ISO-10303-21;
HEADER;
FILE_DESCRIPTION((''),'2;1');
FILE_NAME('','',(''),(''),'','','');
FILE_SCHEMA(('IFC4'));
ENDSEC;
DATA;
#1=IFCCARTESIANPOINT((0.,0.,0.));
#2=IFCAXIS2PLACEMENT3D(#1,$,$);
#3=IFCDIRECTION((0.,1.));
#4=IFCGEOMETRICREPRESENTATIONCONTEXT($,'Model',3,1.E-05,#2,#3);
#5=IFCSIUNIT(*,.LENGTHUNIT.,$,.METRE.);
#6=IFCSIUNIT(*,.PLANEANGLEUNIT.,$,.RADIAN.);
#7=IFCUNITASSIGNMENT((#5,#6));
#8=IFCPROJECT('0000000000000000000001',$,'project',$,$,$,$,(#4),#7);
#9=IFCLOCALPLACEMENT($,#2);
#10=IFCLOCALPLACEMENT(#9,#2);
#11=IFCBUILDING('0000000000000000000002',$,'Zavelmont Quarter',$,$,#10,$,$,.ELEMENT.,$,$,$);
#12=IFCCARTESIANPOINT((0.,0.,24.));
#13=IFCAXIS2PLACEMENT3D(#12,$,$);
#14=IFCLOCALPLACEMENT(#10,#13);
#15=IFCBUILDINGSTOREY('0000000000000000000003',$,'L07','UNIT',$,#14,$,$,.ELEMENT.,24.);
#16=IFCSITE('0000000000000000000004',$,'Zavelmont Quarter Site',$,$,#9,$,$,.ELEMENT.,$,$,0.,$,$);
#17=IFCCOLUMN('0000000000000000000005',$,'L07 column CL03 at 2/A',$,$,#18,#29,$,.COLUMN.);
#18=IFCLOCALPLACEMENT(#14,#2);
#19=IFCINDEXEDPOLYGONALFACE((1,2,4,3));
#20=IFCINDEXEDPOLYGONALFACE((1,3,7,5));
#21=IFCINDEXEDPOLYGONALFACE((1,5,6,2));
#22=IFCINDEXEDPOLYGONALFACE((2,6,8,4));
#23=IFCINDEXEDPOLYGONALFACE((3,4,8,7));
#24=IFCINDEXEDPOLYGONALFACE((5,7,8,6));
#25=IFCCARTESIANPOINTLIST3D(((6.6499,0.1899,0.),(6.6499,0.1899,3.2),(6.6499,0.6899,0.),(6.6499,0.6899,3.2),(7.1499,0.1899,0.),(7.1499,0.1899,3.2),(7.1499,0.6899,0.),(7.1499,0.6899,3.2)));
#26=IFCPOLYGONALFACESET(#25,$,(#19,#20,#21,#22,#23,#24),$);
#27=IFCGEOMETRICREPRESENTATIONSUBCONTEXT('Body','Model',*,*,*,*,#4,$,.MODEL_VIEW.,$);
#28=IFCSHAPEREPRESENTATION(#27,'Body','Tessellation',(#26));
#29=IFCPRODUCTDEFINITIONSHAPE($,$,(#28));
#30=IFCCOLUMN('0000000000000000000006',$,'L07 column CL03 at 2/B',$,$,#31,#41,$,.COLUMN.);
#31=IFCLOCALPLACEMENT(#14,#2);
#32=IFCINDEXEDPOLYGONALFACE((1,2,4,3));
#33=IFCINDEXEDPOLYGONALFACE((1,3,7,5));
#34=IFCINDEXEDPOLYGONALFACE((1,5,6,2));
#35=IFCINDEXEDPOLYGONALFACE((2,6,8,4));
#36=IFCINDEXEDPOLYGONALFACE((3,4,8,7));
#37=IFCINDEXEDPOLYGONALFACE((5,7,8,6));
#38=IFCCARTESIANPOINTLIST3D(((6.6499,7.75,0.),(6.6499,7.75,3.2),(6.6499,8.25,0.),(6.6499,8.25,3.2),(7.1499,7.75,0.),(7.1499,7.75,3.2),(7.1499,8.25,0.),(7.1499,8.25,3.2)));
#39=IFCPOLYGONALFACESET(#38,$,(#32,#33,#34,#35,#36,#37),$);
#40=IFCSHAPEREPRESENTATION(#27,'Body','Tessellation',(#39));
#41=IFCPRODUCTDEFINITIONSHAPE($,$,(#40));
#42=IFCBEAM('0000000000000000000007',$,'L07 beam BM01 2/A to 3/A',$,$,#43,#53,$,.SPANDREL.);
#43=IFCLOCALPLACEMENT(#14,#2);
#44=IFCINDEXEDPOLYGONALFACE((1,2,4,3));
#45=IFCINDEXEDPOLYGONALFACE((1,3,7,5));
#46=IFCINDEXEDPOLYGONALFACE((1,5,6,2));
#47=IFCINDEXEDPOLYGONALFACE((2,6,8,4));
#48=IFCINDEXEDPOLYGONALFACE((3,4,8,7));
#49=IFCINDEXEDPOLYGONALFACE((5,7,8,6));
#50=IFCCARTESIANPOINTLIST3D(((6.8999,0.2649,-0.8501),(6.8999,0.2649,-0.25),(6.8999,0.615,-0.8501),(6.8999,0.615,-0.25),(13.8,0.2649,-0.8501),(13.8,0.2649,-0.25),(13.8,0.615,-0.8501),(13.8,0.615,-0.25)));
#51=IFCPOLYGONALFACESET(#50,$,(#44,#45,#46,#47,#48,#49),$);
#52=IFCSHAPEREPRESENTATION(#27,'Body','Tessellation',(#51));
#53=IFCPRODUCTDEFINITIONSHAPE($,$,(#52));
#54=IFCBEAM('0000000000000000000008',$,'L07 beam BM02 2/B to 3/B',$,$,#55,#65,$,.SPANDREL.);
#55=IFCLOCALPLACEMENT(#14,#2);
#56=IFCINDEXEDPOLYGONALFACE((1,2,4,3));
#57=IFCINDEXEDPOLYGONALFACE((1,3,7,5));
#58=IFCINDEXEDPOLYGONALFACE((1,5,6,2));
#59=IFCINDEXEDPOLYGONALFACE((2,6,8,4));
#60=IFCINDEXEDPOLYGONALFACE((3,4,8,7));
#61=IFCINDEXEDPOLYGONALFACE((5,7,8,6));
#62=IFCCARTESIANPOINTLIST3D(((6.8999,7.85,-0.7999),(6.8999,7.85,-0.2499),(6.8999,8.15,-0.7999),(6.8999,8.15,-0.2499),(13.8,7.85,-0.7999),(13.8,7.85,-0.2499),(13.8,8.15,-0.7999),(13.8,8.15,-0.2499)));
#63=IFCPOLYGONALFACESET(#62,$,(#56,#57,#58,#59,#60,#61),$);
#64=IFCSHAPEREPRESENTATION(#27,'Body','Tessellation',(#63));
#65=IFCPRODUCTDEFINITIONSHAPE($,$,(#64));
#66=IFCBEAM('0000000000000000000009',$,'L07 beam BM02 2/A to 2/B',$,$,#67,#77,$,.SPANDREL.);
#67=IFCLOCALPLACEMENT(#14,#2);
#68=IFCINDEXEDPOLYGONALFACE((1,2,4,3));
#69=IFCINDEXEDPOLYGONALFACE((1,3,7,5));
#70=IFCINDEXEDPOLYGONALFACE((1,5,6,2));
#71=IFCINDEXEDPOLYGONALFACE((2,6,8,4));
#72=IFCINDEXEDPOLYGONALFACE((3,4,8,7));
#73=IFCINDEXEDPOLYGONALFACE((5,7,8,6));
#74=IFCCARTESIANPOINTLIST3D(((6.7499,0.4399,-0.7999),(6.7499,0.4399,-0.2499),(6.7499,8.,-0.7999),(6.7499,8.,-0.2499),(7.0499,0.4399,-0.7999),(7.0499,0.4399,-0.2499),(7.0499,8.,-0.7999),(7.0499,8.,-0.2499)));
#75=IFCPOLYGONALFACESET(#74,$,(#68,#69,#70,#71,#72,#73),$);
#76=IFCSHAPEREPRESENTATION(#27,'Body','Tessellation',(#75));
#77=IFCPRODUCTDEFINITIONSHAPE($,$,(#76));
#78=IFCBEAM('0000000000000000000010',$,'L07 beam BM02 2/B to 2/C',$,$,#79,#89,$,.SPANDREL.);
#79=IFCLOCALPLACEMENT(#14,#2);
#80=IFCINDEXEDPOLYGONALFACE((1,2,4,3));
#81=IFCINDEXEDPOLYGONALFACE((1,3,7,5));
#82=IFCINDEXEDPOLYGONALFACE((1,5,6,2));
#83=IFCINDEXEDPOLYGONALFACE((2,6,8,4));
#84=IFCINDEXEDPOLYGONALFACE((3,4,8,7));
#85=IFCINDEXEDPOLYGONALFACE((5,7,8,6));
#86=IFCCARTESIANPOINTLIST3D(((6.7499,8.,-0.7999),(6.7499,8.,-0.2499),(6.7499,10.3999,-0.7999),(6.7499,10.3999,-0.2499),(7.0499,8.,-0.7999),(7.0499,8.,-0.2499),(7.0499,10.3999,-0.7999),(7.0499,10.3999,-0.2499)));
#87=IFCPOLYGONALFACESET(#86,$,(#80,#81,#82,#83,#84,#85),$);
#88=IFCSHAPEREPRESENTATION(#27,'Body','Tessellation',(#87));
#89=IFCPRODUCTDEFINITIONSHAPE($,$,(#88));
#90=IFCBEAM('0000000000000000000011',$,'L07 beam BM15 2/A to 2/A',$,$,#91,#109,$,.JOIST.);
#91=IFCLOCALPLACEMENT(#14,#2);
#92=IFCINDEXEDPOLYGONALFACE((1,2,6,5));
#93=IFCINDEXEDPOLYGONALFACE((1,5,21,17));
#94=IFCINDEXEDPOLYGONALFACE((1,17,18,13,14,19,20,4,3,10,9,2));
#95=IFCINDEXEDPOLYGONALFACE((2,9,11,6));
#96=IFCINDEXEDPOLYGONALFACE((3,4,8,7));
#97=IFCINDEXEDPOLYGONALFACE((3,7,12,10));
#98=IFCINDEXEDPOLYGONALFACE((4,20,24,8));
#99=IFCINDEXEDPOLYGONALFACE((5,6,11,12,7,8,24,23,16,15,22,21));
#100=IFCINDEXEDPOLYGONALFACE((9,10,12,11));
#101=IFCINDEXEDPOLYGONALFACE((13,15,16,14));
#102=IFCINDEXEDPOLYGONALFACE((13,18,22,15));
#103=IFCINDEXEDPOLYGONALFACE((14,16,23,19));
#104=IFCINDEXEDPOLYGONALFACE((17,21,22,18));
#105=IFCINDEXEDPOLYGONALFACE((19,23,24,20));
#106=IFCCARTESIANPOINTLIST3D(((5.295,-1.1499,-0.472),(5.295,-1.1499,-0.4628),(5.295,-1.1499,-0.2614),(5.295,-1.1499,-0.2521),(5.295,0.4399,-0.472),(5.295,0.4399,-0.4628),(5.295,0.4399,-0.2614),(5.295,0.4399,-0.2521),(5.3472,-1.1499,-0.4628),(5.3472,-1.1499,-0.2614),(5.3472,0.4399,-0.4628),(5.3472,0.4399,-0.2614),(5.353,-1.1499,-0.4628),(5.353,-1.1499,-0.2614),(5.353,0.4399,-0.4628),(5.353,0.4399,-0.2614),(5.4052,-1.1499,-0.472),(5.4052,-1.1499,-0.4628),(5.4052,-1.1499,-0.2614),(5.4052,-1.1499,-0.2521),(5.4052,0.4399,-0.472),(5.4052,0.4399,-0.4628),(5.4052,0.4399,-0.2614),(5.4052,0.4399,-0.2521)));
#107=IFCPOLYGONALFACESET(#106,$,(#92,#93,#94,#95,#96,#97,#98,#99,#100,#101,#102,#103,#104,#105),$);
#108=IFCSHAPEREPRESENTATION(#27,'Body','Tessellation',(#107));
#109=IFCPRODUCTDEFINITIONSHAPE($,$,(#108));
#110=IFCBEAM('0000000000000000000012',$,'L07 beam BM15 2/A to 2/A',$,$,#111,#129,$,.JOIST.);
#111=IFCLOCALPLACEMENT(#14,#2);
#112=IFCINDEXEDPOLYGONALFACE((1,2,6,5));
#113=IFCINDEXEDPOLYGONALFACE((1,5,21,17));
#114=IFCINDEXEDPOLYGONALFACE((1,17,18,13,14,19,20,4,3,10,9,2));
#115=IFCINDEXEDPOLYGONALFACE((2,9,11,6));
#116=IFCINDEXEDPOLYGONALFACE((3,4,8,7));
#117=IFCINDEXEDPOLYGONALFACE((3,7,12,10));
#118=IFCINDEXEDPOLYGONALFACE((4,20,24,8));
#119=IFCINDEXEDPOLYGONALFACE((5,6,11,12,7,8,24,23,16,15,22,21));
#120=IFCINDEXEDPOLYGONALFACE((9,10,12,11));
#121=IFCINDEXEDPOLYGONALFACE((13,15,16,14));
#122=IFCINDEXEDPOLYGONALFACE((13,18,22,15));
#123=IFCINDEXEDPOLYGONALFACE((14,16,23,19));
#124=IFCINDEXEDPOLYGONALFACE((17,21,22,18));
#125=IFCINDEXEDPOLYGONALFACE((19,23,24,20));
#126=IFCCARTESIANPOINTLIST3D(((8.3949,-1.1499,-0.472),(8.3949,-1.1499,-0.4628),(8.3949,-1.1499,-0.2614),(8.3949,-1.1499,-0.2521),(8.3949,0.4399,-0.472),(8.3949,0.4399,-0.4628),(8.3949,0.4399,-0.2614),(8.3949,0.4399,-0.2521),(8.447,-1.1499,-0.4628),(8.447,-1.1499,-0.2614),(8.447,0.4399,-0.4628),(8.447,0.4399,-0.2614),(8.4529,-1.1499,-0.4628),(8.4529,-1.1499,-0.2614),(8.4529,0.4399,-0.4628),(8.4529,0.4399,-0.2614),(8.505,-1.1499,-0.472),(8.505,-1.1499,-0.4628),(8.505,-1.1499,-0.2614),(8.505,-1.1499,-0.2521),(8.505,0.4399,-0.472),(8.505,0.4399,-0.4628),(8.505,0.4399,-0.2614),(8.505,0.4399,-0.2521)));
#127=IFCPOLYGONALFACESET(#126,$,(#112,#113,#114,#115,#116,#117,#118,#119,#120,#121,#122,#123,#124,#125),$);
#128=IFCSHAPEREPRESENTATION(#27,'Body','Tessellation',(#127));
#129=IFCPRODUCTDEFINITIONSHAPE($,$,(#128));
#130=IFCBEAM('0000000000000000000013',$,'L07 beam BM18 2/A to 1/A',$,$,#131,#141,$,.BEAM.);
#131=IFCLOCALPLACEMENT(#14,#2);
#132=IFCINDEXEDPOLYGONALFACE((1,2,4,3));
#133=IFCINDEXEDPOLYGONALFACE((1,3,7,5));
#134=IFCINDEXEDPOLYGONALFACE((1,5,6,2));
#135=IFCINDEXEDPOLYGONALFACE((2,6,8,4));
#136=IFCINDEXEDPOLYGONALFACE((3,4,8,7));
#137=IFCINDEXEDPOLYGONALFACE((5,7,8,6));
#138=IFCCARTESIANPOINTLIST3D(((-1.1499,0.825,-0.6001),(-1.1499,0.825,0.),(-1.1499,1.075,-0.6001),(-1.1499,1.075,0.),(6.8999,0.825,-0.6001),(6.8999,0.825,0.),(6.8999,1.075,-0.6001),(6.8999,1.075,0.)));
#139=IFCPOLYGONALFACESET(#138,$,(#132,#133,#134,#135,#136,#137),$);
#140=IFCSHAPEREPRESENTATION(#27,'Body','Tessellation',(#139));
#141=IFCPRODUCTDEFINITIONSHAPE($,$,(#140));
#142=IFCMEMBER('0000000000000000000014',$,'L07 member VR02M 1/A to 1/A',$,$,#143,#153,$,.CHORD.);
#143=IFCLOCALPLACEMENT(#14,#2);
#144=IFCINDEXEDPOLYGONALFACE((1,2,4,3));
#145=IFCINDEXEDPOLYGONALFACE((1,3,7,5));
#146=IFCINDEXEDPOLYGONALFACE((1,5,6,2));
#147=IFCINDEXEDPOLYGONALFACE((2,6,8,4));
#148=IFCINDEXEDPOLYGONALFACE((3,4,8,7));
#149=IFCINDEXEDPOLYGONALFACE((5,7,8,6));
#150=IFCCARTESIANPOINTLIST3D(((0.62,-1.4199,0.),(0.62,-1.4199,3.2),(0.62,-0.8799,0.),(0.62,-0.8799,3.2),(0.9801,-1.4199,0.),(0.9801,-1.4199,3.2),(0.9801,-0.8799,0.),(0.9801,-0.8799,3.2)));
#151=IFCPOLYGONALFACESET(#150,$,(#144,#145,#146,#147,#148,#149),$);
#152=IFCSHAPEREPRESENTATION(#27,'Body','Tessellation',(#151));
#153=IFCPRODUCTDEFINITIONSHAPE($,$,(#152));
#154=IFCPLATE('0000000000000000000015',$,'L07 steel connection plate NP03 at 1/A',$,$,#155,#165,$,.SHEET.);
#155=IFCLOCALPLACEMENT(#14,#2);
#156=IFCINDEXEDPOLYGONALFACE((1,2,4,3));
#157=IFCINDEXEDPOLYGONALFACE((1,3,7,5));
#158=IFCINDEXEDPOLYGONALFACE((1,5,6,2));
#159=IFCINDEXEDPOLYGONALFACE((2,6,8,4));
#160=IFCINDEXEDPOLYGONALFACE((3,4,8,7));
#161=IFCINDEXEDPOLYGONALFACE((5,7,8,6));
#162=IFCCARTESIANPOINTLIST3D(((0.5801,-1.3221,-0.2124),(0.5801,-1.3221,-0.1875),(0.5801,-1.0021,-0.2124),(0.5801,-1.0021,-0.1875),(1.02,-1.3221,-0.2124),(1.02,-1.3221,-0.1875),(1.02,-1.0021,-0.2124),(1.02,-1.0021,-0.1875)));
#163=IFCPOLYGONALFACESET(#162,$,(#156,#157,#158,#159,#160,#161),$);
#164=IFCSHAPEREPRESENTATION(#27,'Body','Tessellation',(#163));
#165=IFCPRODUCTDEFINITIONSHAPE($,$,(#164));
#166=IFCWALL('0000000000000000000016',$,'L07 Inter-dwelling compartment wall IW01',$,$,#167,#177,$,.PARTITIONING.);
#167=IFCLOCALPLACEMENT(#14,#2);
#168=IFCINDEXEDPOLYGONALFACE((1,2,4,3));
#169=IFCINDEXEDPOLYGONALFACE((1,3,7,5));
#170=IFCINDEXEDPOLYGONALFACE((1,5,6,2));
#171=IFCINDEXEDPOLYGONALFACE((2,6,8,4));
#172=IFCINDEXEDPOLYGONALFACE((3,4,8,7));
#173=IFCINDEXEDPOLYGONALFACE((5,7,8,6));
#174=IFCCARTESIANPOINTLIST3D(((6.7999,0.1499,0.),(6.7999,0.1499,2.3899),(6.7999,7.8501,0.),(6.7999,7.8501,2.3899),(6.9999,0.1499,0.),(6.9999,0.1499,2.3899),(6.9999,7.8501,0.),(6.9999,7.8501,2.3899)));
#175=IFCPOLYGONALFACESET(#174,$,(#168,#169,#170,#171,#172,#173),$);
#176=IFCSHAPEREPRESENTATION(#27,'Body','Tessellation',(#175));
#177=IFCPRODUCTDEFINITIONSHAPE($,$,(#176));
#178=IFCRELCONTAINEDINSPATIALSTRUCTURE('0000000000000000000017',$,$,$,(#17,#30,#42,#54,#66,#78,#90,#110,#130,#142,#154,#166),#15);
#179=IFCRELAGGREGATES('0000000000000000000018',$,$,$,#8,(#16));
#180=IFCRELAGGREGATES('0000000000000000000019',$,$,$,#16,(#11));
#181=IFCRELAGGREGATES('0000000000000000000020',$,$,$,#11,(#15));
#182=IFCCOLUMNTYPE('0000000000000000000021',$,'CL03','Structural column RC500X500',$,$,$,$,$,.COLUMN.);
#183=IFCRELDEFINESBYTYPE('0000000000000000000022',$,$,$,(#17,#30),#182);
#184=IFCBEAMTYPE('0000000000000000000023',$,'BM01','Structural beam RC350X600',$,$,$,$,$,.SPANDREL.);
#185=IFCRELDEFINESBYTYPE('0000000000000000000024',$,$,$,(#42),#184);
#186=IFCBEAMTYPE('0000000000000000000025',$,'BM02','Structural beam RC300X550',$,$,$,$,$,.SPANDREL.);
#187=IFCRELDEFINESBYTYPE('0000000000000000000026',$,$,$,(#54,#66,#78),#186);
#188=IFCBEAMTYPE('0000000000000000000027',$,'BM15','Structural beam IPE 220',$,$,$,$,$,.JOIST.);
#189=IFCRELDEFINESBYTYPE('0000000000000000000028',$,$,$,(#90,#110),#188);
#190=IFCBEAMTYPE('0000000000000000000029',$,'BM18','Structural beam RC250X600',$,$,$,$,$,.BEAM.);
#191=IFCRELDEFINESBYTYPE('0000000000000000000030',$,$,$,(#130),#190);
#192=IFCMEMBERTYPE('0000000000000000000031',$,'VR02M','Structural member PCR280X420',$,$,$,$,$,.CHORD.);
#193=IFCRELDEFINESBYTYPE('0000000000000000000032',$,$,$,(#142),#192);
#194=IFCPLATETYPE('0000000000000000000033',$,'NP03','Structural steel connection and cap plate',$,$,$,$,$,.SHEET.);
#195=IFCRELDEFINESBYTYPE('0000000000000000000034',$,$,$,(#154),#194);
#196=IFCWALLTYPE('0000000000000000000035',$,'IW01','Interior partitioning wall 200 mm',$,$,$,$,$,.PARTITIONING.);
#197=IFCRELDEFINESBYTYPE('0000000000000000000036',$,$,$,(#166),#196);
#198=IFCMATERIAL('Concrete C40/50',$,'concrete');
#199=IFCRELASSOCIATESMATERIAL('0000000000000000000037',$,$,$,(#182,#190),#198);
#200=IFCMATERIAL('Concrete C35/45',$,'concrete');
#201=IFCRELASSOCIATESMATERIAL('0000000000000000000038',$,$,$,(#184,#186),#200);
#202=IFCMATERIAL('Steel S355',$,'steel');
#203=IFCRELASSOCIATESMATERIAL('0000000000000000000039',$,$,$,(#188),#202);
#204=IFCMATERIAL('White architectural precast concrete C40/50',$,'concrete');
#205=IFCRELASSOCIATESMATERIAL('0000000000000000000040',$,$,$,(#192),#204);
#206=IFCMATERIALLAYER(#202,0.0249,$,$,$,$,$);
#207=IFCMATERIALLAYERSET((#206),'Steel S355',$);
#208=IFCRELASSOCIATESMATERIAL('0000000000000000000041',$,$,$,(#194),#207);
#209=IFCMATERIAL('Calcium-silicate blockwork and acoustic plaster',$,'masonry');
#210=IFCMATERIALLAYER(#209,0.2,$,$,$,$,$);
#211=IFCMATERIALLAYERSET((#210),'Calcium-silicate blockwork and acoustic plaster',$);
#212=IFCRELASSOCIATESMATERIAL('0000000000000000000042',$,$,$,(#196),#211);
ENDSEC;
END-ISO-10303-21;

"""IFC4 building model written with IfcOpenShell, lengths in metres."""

from ifc_helpers import new_model, si_unit, direction, frame, frame_2d, origin, origin_2d, place, context, subcontext, project, spatial, rectangle, i_section, extrude, material, layer, layer_set, material_profile, profile_set, type_object, element, save


model = new_model("IFC4")

# Units and contexts
model_context = context("Model", 3, precision=1e-05, world=origin(), true_north=direction((0.0, 1.0)))
body_context = subcontext(model_context, "Body", "Model", "MODEL_VIEW")
ifc_project = project(units=[si_unit("LENGTHUNIT", "METRE"), si_unit("PLANEANGLEUNIT", "RADIAN")], contexts=[model_context])

# Site, building, storey
site_placement = place(None, origin())
site = spatial("IfcSite", under=ifc_project, at=site_placement, Name="Zavelmont Quarter Site", CompositionType="ELEMENT", RefElevation=0.0)
building_placement = place(site_placement, origin())
building = spatial("IfcBuilding", under=site, at=building_placement, Name="Zavelmont Quarter", CompositionType="ELEMENT")
storey_placement = place(building_placement, frame((0.0, 0.0, 24.0)))
storey = spatial("IfcBuildingStorey", under=building, at=storey_placement, Name="L07", Description="UNIT", CompositionType="ELEMENT", Elevation=24.0)

# Columns
ifc_material_1 = material(Name="Concrete C40/50", Category="concrete")
ifc_material_profile_1 = material_profile(ifc_material_1, rectangle(XDim=0.5, YDim=0.5, at=origin_2d()), Name="RC500X500")
ifc_profile_set_1 = profile_set([ifc_material_profile_1], Name="Concrete C40/50")
column_type = type_object("IfcColumnType", Name="CL03", Description="Structural column RC500X500", PredefinedType="COLUMN", material=ifc_profile_set_1)
for number, where, z_axis, x_axis, name in (
    (1, (6.8999, 0.4399, 0.0), (0.0, 0.0, 1.0), (1.0, 0.0, 0.0), "L07 column CL03 at 2/A"),
    (2, (6.8999, 8.0, 0.0), (0.0, 0.0, 1.0), (1.0, 0.0, 0.0), "L07 column CL03 at 2/B"),
):
    element("IfcColumn", number, at=place(storey_placement, frame(where, z_axis=z_axis, x_axis=x_axis)), inside=storey, type_object=column_type, Name=name, PredefinedType="COLUMN", context=body_context, shape_type="SweptSolid", body=[
        extrude(rectangle(XDim=0.5, YDim=0.5, at=origin_2d()), origin(), (0.0, 0.0, 1.0), 3.2),
    ])

# Beams
ifc_material_2 = material(Name="Concrete C35/45", Category="concrete")
ifc_material_profile_2 = material_profile(ifc_material_2, rectangle(XDim=0.3501, YDim=0.6001, at=origin_2d()), Name="RC350X600")
ifc_profile_set_2 = profile_set([ifc_material_profile_2], Name="Concrete C35/45")
beam_type_1 = type_object("IfcBeamType", Name="BM01", Description="Structural beam RC350X600", PredefinedType="SPANDREL", material=ifc_profile_set_2)
beam_1_placement = place(storey_placement, frame((6.8999, 0.4399, -0.55), z_axis=(1.0, 0.0, 0.0), x_axis=(0.0, 1.0, 0.0)))
element("IfcBeam", 3, at=beam_1_placement, inside=storey, type_object=beam_type_1, Name="L07 beam BM01 2/A to 3/A", PredefinedType="SPANDREL", context=body_context, shape_type="SweptSolid", body=[
    extrude(rectangle(XDim=0.3501, YDim=0.6001, at=origin_2d()), origin(), (0.0, 0.0, 1.0), 6.9001),
])
ifc_material_profile_3 = material_profile(ifc_material_2, rectangle(XDim=0.3, YDim=0.55, at=origin_2d()), Name="RC300X550")
ifc_profile_set_3 = profile_set([ifc_material_profile_3], Name="Concrete C35/45")
beam_type_2 = type_object("IfcBeamType", Name="BM02", Description="Structural beam RC300X550", PredefinedType="SPANDREL", material=ifc_profile_set_3)
beam_2_placement = place(storey_placement, frame((6.8999, 8.0, -0.5249), z_axis=(1.0, 0.0, 0.0), x_axis=(0.0, 1.0, 0.0)))
element("IfcBeam", 4, at=beam_2_placement, inside=storey, type_object=beam_type_2, Name="L07 beam BM02 2/B to 3/B", PredefinedType="SPANDREL", context=body_context, shape_type="SweptSolid", body=[
    extrude(rectangle(XDim=0.3, YDim=0.55, at=origin_2d()), origin(), (0.0, 0.0, 1.0), 6.9001),
])
beam_3_placement = place(storey_placement, frame((6.8999, 0.4399, -0.5249), z_axis=(0.0, 1.0, 0.0), x_axis=(-1.0, 0.0, 0.0)))
element("IfcBeam", 5, at=beam_3_placement, inside=storey, type_object=beam_type_2, Name="L07 beam BM02 2/A to 2/B", PredefinedType="SPANDREL", context=body_context, shape_type="SweptSolid", body=[
    extrude(rectangle(XDim=0.3, YDim=0.55, at=origin_2d()), origin(), (0.0, 0.0, 1.0), 7.5601),
])
beam_4_placement = place(storey_placement, frame((6.8999, 8.0, -0.5249), z_axis=(0.0, 1.0, 0.0), x_axis=(-1.0, 0.0, 0.0)))
element("IfcBeam", 6, at=beam_4_placement, inside=storey, type_object=beam_type_2, Name="L07 beam BM02 2/B to 2/C", PredefinedType="SPANDREL", context=body_context, shape_type="SweptSolid", body=[
    extrude(rectangle(XDim=0.3, YDim=0.55, at=origin_2d()), origin(), (0.0, 0.0, 1.0), 2.3999),
])
ifc_material_3 = material(Name="Steel S355", Category="steel")
ifc_material_profile_4 = material_profile(ifc_material_3, i_section(OverallWidth=0.1101, OverallDepth=0.22, WebThickness=0.0059, FlangeThickness=0.0093, at=origin_2d()), Name="IPE 220")
ifc_profile_set_4 = profile_set([ifc_material_profile_4], Name="Steel S355")
beam_type_3 = type_object("IfcBeamType", Name="BM15", Description="Structural beam IPE 220", PredefinedType="JOIST", material=ifc_profile_set_4)
for number, where, z_axis, x_axis, name in (
    (7, (5.3501, 0.4399, -0.3621), (0.0, -1.0, 0.0), (1.0, 0.0, 0.0), "L07 beam BM15 2/A to 2/A"),
    (8, (8.45, 0.4399, -0.3621), (0.0, -1.0, 0.0), (1.0, 0.0, 0.0), "L07 beam BM15 2/A to 2/A"),
):
    element("IfcBeam", number, at=place(storey_placement, frame(where, z_axis=z_axis, x_axis=x_axis)), inside=storey, type_object=beam_type_3, Name=name, PredefinedType="JOIST", context=body_context, shape_type="SweptSolid", body=[
        extrude(i_section(OverallWidth=0.1101, OverallDepth=0.22, WebThickness=0.0059, FlangeThickness=0.0093, at=origin_2d()), origin(), (0.0, 0.0, 1.0), 1.5898),
    ])
ifc_material_profile_5 = material_profile(ifc_material_1, rectangle(XDim=0.25, YDim=0.6001, at=origin_2d()), Name="RC250X600")
ifc_profile_set_5 = profile_set([ifc_material_profile_5], Name="Concrete C40/50")
beam_type_4 = type_object("IfcBeamType", Name="BM18", Description="Structural beam RC250X600", PredefinedType="BEAM", material=ifc_profile_set_5)
beam_5_placement = place(storey_placement, frame((6.8999, 0.95, -0.3), z_axis=(-1.0, 0.0, 0.0), x_axis=(0.0, -1.0, 0.0)))
element("IfcBeam", 9, at=beam_5_placement, inside=storey, type_object=beam_type_4, Name="L07 beam BM18 2/A to 1/A", PredefinedType="BEAM", context=body_context, shape_type="SweptSolid", body=[
    extrude(rectangle(XDim=0.25, YDim=0.6001, at=origin_2d()), origin(), (0.0, 0.0, 1.0), 8.0498),
])

# Member
ifc_material_4 = material(Name="White architectural precast concrete C40/50", Category="concrete")
ifc_material_profile_6 = material_profile(ifc_material_4, rectangle(XDim=0.3601, YDim=0.54, at=origin_2d()), Name="PCR280X420")
ifc_profile_set_6 = profile_set([ifc_material_profile_6], Name="White architectural precast concrete C40/50")
member_type = type_object("IfcMemberType", Name="VR02M", Description="Structural member PCR280X420", PredefinedType="CHORD", material=ifc_profile_set_6)
member_placement = place(storey_placement, frame((0.8, -1.1499, 0.0), z_axis=(0.0, 0.0, 1.0), x_axis=(1.0, 0.0, 0.0)))
element("IfcMember", 10, at=member_placement, inside=storey, type_object=member_type, Name="L07 member VR02M 1/A to 1/A", PredefinedType="CHORD", context=body_context, shape_type="SweptSolid", body=[
    extrude(rectangle(XDim=0.3601, YDim=0.54, at=origin_2d()), origin(), (0.0, 0.0, 1.0), 3.2),
])

# Plate
ifc_layer_1 = layer(ifc_material_3, 0.0249)
ifc_layer_set_1 = layer_set([ifc_layer_1], Name="Steel S355")
plate_type = type_object("IfcPlateType", Name="NP03", Description="Structural steel connection and cap plate", PredefinedType="SHEET", material=ifc_layer_set_1)
plate_placement = place(storey_placement, frame((0.8, -1.1621, -0.2124), z_axis=(0.0, 0.0, 1.0), x_axis=(1.0, 0.0, 0.0)))
element("IfcPlate", 11, at=plate_placement, inside=storey, type_object=plate_type, Name="L07 steel connection plate NP03 at 1/A", PredefinedType="SHEET", context=body_context, shape_type="SweptSolid", body=[
    extrude(rectangle(XDim=0.4399, YDim=0.3201, at=origin_2d()), origin(), (0.0, 0.0, 1.0), 0.0249),
])

# Wall
ifc_material_5 = material(Name="Calcium-silicate blockwork and acoustic plaster", Category="masonry")
ifc_layer_2 = layer(ifc_material_5, 0.2)
ifc_layer_set_2 = layer_set([ifc_layer_2], Name="Calcium-silicate blockwork and acoustic plaster")
wall_type_1 = type_object("IfcWallType", Name="IW01", Description="Interior partitioning wall 200 mm", PredefinedType="PARTITIONING", material=ifc_layer_set_2)
wall_1_placement = place(storey_placement, frame((6.8999, 7.8501, 0.0), z_axis=(0.0, 0.0, 1.0), x_axis=(0.0, -1.0, 0.0)))
element("IfcWall", 12, at=wall_1_placement, inside=storey, type_object=wall_type_1, Name="L07 Inter-dwelling compartment wall IW01", PredefinedType="PARTITIONING", context=body_context, shape_type="SweptSolid", body=[
    extrude(rectangle(XDim=7.7002, YDim=0.2, at=frame_2d((3.8501, 0.0))), origin(), (0.0, 0.0, 1.0), 2.3899),
])

save(model, "model.ifc")
